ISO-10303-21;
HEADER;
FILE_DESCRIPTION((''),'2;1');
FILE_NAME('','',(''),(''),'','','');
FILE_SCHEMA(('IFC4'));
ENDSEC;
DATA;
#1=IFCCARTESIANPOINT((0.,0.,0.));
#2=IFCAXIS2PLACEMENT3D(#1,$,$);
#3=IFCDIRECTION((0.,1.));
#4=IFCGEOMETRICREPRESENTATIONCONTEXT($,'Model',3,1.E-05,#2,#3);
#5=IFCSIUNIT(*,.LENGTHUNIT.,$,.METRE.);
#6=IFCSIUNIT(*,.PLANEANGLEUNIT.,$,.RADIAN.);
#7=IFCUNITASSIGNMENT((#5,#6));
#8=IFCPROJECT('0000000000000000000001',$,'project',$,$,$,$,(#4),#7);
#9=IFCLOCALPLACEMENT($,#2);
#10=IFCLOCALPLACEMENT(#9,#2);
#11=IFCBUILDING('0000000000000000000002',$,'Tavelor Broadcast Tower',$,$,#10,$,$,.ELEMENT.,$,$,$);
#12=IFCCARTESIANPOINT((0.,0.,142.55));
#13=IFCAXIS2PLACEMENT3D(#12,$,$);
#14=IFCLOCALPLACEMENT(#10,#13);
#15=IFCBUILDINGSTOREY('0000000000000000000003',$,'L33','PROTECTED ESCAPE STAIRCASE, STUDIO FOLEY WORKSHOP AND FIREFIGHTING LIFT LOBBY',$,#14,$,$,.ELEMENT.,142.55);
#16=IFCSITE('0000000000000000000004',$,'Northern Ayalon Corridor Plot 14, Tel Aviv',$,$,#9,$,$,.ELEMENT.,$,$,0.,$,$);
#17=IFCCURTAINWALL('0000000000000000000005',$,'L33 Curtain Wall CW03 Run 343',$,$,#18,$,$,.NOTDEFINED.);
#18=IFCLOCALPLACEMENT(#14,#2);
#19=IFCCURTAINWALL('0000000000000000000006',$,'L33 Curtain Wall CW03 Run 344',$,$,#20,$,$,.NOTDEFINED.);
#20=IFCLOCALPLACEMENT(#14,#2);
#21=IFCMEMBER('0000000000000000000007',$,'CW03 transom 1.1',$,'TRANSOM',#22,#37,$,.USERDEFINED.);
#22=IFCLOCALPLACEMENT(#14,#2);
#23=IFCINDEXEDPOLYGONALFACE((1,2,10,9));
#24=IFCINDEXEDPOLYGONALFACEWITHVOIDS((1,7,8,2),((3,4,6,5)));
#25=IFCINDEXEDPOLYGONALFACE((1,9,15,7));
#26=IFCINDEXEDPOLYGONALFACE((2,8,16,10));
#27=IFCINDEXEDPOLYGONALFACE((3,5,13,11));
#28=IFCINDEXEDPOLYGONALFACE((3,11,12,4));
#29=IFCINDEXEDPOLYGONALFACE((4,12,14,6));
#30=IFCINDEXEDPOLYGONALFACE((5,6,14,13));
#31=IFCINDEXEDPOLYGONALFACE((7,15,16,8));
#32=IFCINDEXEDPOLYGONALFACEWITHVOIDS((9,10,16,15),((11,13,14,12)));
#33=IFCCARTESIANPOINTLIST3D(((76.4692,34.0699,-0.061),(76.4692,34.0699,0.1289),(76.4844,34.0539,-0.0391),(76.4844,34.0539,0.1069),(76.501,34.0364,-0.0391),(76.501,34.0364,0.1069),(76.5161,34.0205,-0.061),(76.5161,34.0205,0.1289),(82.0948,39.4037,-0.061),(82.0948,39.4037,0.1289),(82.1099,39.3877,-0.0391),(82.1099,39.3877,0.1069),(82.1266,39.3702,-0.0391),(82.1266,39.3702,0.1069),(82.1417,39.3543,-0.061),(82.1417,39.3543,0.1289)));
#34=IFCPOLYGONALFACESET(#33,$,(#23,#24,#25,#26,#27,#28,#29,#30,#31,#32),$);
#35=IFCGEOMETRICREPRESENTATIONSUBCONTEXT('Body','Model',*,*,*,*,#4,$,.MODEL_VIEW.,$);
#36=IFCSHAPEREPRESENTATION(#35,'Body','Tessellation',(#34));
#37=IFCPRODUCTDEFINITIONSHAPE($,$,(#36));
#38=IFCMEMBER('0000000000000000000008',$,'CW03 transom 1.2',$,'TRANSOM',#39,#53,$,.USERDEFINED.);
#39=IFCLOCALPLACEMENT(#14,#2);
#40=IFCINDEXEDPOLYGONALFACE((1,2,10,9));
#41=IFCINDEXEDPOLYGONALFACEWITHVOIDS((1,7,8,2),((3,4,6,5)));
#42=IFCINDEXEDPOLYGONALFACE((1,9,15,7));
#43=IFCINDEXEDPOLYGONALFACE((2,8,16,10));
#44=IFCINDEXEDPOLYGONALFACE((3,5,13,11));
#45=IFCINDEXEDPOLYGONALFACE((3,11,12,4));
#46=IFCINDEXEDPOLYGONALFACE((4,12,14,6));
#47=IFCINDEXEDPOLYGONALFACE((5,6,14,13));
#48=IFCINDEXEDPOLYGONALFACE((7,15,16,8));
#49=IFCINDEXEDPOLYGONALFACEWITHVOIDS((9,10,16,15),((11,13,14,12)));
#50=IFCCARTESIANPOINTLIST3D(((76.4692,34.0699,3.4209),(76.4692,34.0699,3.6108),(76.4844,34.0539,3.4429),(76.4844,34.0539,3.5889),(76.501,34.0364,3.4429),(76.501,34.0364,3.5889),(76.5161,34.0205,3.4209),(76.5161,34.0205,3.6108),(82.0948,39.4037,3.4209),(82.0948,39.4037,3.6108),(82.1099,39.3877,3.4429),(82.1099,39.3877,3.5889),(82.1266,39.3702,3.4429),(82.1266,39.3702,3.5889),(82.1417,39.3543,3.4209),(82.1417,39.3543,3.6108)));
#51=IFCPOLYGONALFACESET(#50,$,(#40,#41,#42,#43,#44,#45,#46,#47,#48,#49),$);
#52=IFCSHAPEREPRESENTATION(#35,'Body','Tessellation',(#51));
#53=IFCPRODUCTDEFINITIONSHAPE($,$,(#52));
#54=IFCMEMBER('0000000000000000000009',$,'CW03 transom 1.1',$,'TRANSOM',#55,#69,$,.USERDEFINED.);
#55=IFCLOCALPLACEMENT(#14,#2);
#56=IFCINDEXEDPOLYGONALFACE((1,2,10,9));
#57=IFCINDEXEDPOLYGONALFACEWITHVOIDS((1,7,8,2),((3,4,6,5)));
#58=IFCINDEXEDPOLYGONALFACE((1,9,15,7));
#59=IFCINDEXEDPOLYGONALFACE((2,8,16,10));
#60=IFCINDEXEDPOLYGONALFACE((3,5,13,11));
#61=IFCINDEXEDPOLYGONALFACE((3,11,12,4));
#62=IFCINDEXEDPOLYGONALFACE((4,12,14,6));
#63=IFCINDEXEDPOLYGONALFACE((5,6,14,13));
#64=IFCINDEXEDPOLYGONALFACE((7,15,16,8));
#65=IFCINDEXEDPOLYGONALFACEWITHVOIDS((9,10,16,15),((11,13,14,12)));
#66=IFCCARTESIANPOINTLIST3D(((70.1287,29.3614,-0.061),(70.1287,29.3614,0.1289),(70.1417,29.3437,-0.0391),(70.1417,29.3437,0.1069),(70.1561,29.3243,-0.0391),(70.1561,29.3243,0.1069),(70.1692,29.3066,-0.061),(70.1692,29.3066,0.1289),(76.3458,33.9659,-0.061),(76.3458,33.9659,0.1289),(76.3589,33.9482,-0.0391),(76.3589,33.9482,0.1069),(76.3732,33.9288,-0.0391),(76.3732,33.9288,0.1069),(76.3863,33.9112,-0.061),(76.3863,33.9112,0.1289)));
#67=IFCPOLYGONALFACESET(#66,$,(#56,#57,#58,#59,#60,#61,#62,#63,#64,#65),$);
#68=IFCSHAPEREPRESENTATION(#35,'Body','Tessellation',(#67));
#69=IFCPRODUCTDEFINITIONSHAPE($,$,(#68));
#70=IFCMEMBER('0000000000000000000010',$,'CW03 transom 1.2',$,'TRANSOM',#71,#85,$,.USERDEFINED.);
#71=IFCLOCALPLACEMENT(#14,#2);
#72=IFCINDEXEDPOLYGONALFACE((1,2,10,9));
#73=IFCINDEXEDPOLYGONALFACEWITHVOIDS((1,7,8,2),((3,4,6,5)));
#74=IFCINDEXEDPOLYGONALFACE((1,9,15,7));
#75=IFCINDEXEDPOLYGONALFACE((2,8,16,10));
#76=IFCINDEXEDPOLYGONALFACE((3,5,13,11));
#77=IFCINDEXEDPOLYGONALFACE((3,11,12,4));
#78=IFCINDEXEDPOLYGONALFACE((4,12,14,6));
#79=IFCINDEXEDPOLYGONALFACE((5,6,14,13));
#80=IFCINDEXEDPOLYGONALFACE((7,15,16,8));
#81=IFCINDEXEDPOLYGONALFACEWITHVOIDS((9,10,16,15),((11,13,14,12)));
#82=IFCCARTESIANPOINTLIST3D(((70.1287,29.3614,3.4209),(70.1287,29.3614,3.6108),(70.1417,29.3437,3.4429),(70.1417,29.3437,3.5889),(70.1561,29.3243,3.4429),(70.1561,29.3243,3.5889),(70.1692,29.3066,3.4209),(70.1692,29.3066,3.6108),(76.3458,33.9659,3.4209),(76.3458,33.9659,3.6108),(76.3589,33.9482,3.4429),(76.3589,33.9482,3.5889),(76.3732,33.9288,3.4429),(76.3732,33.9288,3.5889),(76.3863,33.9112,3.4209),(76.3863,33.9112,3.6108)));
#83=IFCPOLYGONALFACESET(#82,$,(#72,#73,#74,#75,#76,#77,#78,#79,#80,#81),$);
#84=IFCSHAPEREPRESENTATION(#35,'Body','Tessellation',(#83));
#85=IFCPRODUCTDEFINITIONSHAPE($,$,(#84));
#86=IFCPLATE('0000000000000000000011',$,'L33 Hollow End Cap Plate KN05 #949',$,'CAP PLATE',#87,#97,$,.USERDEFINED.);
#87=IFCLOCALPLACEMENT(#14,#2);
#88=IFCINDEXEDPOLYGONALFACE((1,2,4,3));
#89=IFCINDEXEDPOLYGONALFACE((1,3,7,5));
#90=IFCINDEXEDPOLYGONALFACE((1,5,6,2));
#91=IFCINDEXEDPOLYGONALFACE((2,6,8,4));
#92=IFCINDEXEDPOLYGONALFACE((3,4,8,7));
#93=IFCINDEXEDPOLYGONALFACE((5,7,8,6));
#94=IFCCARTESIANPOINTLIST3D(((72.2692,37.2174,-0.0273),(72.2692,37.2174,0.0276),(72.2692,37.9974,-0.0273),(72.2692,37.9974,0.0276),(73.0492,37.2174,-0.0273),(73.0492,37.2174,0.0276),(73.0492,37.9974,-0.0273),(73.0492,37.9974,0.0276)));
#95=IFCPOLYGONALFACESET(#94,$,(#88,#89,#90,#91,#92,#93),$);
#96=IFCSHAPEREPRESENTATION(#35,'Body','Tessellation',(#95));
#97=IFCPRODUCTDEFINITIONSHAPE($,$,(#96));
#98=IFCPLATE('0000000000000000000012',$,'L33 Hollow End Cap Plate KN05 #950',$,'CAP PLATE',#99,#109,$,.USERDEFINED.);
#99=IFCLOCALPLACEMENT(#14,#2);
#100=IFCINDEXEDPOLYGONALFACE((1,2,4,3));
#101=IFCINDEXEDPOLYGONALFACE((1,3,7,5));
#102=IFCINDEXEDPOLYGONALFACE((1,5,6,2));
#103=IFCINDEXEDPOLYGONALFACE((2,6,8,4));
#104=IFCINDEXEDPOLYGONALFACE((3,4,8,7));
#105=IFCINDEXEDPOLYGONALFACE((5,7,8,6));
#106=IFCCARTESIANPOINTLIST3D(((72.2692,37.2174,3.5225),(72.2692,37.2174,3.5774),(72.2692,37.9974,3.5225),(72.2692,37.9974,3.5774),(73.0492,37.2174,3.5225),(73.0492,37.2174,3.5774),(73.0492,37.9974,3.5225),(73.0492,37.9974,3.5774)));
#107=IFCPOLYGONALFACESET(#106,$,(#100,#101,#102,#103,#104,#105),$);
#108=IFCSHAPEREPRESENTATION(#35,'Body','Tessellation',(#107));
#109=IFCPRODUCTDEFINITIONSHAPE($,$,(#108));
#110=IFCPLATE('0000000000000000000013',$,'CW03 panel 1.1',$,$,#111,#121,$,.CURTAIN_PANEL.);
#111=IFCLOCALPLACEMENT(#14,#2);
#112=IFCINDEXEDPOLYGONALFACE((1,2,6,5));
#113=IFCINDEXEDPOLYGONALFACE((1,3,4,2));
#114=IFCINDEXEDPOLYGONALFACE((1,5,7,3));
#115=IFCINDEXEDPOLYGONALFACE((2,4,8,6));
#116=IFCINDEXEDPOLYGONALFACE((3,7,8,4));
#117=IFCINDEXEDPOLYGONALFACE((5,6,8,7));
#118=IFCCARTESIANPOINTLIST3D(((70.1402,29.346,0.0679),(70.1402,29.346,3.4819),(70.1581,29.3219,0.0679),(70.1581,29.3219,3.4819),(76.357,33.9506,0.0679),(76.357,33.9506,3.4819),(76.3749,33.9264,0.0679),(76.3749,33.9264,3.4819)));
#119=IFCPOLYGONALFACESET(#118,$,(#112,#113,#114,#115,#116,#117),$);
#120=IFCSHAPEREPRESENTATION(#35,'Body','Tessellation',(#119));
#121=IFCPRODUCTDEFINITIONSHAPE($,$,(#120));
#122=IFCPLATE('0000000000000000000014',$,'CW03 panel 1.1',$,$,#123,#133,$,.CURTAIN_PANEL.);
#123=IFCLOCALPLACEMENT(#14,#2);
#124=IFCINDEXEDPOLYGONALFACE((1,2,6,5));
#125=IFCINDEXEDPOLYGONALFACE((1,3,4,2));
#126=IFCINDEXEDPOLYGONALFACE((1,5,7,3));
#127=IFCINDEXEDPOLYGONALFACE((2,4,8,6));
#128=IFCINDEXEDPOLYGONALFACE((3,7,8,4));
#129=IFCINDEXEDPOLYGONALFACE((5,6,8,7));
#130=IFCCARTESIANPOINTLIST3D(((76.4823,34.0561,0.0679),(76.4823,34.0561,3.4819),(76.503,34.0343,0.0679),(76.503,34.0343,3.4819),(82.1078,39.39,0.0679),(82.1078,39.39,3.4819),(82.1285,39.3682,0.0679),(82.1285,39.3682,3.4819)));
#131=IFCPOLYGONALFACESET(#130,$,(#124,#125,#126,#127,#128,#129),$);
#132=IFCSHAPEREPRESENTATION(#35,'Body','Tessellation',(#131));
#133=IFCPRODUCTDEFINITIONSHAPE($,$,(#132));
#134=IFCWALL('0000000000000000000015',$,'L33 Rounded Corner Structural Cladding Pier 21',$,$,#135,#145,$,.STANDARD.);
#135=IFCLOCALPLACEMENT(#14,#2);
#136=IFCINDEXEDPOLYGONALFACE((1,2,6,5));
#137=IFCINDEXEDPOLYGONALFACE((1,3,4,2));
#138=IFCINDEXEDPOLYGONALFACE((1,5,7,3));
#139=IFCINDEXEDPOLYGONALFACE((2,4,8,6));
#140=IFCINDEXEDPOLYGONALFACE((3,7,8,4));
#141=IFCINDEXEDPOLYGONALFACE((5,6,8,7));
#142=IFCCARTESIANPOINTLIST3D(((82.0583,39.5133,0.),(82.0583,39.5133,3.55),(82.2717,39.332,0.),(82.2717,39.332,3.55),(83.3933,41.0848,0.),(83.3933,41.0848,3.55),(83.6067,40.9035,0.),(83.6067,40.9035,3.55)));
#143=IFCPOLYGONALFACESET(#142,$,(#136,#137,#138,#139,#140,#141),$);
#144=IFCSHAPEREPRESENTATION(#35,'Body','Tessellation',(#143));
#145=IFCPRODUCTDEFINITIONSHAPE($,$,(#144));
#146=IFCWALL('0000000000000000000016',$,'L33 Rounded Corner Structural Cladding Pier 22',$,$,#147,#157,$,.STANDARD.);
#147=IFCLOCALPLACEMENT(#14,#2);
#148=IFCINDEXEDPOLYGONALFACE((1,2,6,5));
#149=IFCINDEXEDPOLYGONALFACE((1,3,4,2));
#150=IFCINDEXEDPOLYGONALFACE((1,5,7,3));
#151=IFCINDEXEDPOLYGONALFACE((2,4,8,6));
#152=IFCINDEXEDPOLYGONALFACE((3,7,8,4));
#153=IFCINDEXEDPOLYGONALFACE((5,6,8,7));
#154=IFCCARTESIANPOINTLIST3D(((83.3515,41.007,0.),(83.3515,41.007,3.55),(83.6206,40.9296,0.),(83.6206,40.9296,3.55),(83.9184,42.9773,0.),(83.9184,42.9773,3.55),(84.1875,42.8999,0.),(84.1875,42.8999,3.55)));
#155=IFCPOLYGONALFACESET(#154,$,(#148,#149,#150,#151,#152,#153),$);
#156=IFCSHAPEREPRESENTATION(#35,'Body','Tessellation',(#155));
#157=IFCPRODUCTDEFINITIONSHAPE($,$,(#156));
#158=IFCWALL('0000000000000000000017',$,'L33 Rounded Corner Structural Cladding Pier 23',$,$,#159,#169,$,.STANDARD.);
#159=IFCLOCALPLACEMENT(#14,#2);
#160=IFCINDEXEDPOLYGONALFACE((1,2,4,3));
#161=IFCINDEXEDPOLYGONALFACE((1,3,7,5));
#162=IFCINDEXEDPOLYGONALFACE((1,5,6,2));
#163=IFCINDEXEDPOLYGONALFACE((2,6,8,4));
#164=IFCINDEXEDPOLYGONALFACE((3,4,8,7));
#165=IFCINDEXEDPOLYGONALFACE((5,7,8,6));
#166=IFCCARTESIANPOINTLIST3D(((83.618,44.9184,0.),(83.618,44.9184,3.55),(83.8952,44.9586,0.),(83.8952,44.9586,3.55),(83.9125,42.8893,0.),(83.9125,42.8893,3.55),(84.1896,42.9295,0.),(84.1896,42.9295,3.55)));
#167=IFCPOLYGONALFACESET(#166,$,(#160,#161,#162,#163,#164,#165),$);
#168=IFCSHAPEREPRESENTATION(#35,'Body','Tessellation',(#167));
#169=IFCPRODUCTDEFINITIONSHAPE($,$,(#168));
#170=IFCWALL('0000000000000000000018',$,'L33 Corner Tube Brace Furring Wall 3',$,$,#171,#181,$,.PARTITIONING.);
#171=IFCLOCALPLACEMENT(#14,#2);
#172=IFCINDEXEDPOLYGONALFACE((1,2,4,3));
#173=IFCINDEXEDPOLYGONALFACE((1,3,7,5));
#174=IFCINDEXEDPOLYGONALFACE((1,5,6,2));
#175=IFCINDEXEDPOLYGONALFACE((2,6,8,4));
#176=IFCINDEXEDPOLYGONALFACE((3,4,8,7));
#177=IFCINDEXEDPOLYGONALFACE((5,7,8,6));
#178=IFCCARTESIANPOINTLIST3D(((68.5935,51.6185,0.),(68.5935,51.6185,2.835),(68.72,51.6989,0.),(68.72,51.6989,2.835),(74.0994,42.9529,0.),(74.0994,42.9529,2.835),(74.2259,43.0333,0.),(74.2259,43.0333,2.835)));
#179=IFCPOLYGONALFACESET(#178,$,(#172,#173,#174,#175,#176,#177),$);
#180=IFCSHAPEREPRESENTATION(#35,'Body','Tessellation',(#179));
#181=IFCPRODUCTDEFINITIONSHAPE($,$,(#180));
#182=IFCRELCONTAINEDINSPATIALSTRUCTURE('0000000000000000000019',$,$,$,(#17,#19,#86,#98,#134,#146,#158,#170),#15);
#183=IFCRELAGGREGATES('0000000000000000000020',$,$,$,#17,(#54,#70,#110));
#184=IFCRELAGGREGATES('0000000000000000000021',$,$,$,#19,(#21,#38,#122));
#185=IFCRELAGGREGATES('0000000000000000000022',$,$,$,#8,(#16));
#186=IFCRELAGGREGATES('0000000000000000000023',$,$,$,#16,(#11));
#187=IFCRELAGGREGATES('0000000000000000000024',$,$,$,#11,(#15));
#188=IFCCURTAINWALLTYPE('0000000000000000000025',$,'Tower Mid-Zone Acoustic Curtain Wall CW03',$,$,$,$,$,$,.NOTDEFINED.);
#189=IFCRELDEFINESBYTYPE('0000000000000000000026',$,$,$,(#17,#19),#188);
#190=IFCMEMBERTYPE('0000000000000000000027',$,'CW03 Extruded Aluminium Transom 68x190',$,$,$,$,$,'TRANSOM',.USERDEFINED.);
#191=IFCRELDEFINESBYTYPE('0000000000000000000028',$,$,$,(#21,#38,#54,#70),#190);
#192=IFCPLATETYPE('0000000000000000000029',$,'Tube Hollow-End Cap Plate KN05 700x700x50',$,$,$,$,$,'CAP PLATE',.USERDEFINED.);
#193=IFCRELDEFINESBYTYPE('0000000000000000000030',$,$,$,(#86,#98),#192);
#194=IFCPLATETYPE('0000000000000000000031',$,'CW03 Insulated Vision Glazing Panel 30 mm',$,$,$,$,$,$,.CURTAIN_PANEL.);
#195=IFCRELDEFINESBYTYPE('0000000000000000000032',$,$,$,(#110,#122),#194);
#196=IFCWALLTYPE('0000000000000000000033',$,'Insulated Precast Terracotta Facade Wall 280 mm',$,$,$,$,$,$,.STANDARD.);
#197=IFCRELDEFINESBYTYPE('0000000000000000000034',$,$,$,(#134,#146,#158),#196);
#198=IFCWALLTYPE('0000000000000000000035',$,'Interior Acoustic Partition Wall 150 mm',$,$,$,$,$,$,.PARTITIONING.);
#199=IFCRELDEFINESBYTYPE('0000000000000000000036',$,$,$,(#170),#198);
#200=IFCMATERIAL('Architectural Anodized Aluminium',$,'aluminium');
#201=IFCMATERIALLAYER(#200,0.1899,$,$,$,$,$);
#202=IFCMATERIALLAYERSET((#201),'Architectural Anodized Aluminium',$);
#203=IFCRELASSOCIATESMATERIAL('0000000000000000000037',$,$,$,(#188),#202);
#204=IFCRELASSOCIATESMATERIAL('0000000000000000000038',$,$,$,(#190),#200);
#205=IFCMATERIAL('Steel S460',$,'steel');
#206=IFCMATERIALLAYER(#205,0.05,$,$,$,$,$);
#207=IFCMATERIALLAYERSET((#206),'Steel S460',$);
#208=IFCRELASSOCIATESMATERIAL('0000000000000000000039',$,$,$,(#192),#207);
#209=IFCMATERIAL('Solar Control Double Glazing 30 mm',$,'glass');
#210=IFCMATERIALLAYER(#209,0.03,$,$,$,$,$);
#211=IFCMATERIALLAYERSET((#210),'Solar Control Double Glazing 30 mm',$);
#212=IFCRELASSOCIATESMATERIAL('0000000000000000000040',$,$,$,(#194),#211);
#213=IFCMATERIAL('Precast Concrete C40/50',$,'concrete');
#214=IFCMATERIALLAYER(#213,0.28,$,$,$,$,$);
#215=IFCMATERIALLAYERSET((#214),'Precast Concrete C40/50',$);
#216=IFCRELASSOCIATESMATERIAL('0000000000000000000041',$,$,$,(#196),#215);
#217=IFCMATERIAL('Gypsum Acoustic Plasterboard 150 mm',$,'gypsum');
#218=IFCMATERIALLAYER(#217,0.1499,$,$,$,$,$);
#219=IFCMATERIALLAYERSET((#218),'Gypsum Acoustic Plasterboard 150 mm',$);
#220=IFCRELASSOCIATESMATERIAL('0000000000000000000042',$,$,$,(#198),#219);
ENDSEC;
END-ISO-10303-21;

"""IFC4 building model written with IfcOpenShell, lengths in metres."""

from ifc_helpers import new_model, si_unit, direction, frame, frame_2d, origin, origin_2d, place, context, subcontext, project, spatial, rectangle, hollow_rectangle, extrude, source, transform, mapped, material, layer, layer_set, material_profile, profile_set, type_object, type_shapes, element, aggregate, save


model = new_model("IFC4")

# Units and contexts
model_context = context("Model", 3, precision=1e-05, world=origin(), true_north=direction((0.0, 1.0)))
body_context = subcontext(model_context, "Body", "Model", "MODEL_VIEW")
ifc_project = project(units=[si_unit("LENGTHUNIT", "METRE"), si_unit("PLANEANGLEUNIT", "RADIAN")], contexts=[model_context])

# Site, building, storey
site_placement = place(None, origin())
site = spatial("IfcSite", under=ifc_project, at=site_placement, Name="Northern Ayalon Corridor Plot 14, Tel Aviv", CompositionType="ELEMENT", RefElevation=0.0)
building_placement = place(site_placement, origin())
building = spatial("IfcBuilding", under=site, at=building_placement, Name="Tavelor Broadcast Tower", CompositionType="ELEMENT")
storey_placement = place(building_placement, frame((0.0, 0.0, 142.55)))
storey = spatial("IfcBuildingStorey", under=building, at=storey_placement, Name="L33", Description="PROTECTED ESCAPE STAIRCASE, STUDIO FOLEY WORKSHOP AND FIREFIGHTING LIFT LOBBY", CompositionType="ELEMENT", Elevation=142.55)

# Shared definitions
ifc_material_1 = material(Name="Steel S460", Category="steel")

# Curtain wall
ifc_material_2 = material(Name="Architectural Anodized Aluminium", Category="aluminium")
ifc_layer_1 = layer(ifc_material_2, 0.1899)
ifc_layer_set_1 = layer_set([ifc_layer_1], Name="Architectural Anodized Aluminium")
curtain_wall_type = type_object("IfcCurtainWallType", Name="Tower Mid-Zone Acoustic Curtain Wall CW03", PredefinedType="NOTDEFINED", material=ifc_layer_set_1)
curtain_wall_1_placement = place(storey_placement, origin())
curtain_wall_1 = element("IfcCurtainWall", 1, at=curtain_wall_1_placement, inside=storey, type_object=curtain_wall_type, Name="L33 Curtain Wall CW03 Run 343", PredefinedType="NOTDEFINED")

# Curtain wall, members
curtain_wall_2_placement = place(storey_placement, origin())
curtain_wall_2 = element("IfcCurtainWall", 2, at=curtain_wall_2_placement, inside=storey, type_object=curtain_wall_type, Name="L33 Curtain Wall CW03 Run 344", PredefinedType="NOTDEFINED")
ifc_material_profile_1 = material_profile(ifc_material_2, hollow_rectangle(XDim=0.0681, YDim=0.1899, WallThickness=0.022, at=origin_2d()), Name="RHS 68x190x22")
ifc_profile_set_1 = profile_set([ifc_material_profile_1], Name="Architectural Anodized Aluminium")
member_type_1 = type_object("IfcMemberType", Name="CW03 Extruded Aluminium Transom 68x190", ElementType="TRANSOM", PredefinedType="USERDEFINED", material=ifc_profile_set_1)
shared_shape_1 = source(origin(), body_context, "Body", "SweptSolid", [
    extrude(hollow_rectangle(XDim=0.0681, YDim=0.1899, WallThickness=0.022, at=origin_2d()), origin(), (0.0, 0.0, 1.0), 7.7522),
])
member_1_placement = place(storey_placement, frame((76.4927, 34.0452, 0.0339), z_axis=(0.725674, 0.688039, 0.0), x_axis=(-0.688039, 0.725674, 0.0)))
member_1 = element("IfcMember", 3, at=member_1_placement, type_object=member_type_1, Name="CW03 transom 1.1", ObjectType="TRANSOM", PredefinedType="USERDEFINED", context=body_context, shape_type="MappedRepresentation", body=[
    mapped(shared_shape_1, transform((0.0, 0.0, 0.0), scale=1.0)),
])
member_2_placement = place(storey_placement, frame((76.4927, 34.0452, 3.5159), z_axis=(0.725674, 0.688039, 0.0), x_axis=(-0.688039, 0.725674, 0.0)))
member_2 = element("IfcMember", 4, at=member_2_placement, type_object=member_type_1, Name="CW03 transom 1.2", ObjectType="TRANSOM", PredefinedType="USERDEFINED", context=body_context, shape_type="MappedRepresentation", body=[
    mapped(shared_shape_1, transform((0.0, 0.0, 0.0), scale=1.0)),
])

# Members
shared_shape_2 = source(origin(), body_context, "Body", "SweptSolid", [
    extrude(hollow_rectangle(XDim=0.0681, YDim=0.1899, WallThickness=0.022, at=origin_2d()), origin(), (0.0, 0.0, 1.0), 7.7366),
])
type_shapes(member_type_1, [shared_shape_1, shared_shape_2])
member_3_placement = place(storey_placement, frame((70.1489, 29.334, 0.0339), z_axis=(0.803602, 0.595167, 0.0), x_axis=(-0.595167, 0.803602, 0.0)))
member_3 = element("IfcMember", 5, at=member_3_placement, type_object=member_type_1, Name="CW03 transom 1.1", ObjectType="TRANSOM", PredefinedType="USERDEFINED", context=body_context, shape_type="MappedRepresentation", body=[
    mapped(shared_shape_2, transform((0.0, 0.0, 0.0), scale=1.0)),
])
member_4_placement = place(storey_placement, frame((70.1489, 29.334, 3.5159), z_axis=(0.803602, 0.595167, 0.0), x_axis=(-0.595167, 0.803602, 0.0)))
member_4 = element("IfcMember", 6, at=member_4_placement, type_object=member_type_1, Name="CW03 transom 1.2", ObjectType="TRANSOM", PredefinedType="USERDEFINED", context=body_context, shape_type="MappedRepresentation", body=[
    mapped(shared_shape_2, transform((0.0, 0.0, 0.0), scale=1.0)),
])

# Plates
ifc_layer_2 = layer(ifc_material_1, 0.05)
ifc_layer_set_2 = layer_set([ifc_layer_2], Name="Steel S460")
plate_type_1 = type_object("IfcPlateType", Name="Tube Hollow-End Cap Plate KN05 700x700x50", ElementType="CAP PLATE", PredefinedType="USERDEFINED", material=ifc_layer_set_2)
shared_shape_3 = source(origin(), body_context, "Body", "SweptSolid", [
    extrude(rectangle(XDim=0.78, YDim=0.78, at=origin_2d()), origin(), (0.0, 0.0, 1.0), 0.0549),
])
type_shapes(plate_type_1, [shared_shape_3])
for number, where, z_axis, x_axis, name in (
    (7, (72.6592, 37.6074, -0.0273), (0.0, 0.0, 1.0), (1.0, 0.0, 0.0), "L33 Hollow End Cap Plate KN05 #949"),
    (8, (72.6592, 37.6074, 3.5225), (0.0, 0.0, 1.0), (1.0, 0.0, 0.0), "L33 Hollow End Cap Plate KN05 #950"),
):
    element("IfcPlate", number, at=place(storey_placement, frame(where, z_axis=z_axis, x_axis=x_axis)), inside=storey, type_object=plate_type_1, Name=name, ObjectType="CAP PLATE", PredefinedType="USERDEFINED", context=body_context, shape_type="MappedRepresentation", body=[
        mapped(shared_shape_3, transform((0.0, 0.0, 0.0), scale=1.0)),
    ])

# Plates
ifc_material_3 = material(Name="Solar Control Double Glazing 30 mm", Category="glass")
ifc_layer_3 = layer(ifc_material_3, 0.03)
ifc_layer_set_3 = layer_set([ifc_layer_3], Name="Solar Control Double Glazing 30 mm")
plate_type_2 = type_object("IfcPlateType", Name="CW03 Insulated Vision Glazing Panel 30 mm", PredefinedType="CURTAIN_PANEL", material=ifc_layer_set_3)
shared_shape_4 = source(origin(), body_context, "Body", "SweptSolid", [
    extrude(rectangle(XDim=7.7363, YDim=0.03, at=origin_2d()), origin(), (0.0, 0.0, 1.0), 3.4141),
])
plate_1_placement = place(storey_placement, frame((73.2576, 31.6362, 0.0679), z_axis=(0.0, 0.0, 1.0), x_axis=(0.803588, 0.595187, 0.0)))
plate_1 = element("IfcPlate", 9, at=plate_1_placement, type_object=plate_type_2, Name="CW03 panel 1.1", PredefinedType="CURTAIN_PANEL", context=body_context, shape_type="MappedRepresentation", body=[
    mapped(shared_shape_4, transform((0.0, 0.0, 0.0), scale=1.0)),
])
aggregate(curtain_wall_1, [member_3, member_4, plate_1])
shared_shape_5 = source(origin(), body_context, "Body", "SweptSolid", [
    extrude(rectangle(XDim=7.7522, YDim=0.03, at=origin_2d()), origin(), (0.0, 0.0, 1.0), 3.4141),
])
type_shapes(plate_type_2, [shared_shape_4, shared_shape_5])
plate_2_placement = place(storey_placement, frame((79.3054, 36.7122, 0.0679), z_axis=(0.0, 0.0, 1.0), x_axis=(0.725663, 0.68805, 0.0)))
plate_2 = element("IfcPlate", 10, at=plate_2_placement, type_object=plate_type_2, Name="CW03 panel 1.1", PredefinedType="CURTAIN_PANEL", context=body_context, shape_type="MappedRepresentation", body=[
    mapped(shared_shape_5, transform((0.0, 0.0, 0.0), scale=1.0)),
])
aggregate(curtain_wall_2, [member_1, member_2, plate_2])

# Walls
ifc_material_4 = material(Name="Precast Concrete C40/50", Category="concrete")
ifc_layer_4 = layer(ifc_material_4, 0.28)
ifc_layer_set_4 = layer_set([ifc_layer_4], Name="Precast Concrete C40/50")
wall_type_1 = type_object("IfcWallType", Name="Insulated Precast Terracotta Facade Wall 280 mm", PredefinedType="STANDARD", material=ifc_layer_set_4)
wall_1_placement = place(storey_placement, frame((82.165, 39.4226, 0.0), z_axis=(0.0, 0.0, 1.0), x_axis=(0.647411, 0.762141, 0.0)))
element("IfcWall", 11, at=wall_1_placement, inside=storey, type_object=wall_type_1, Name="L33 Rounded Corner Structural Cladding Pier 21", PredefinedType="STANDARD", context=body_context, shape_type="SweptSolid", body=[
    extrude(rectangle(XDim=2.062, YDim=0.28, at=frame_2d((1.031, 0.0))), origin(), (0.0, 0.0, 1.0), 3.55),
])
for number, where, z_axis, x_axis, name in (
    (12, (83.4861, 40.9683, 0.0), (0.0, 0.0, 1.0), (0.276482, 0.961019, 0.0), "L33 Rounded Corner Structural Cladding Pier 22"),
    (13, (84.051, 42.9094, 0.0), (0.0, 0.0, 1.0), (-0.143605, 0.989635, 0.0), "L33 Rounded Corner Structural Cladding Pier 23"),
):
    element("IfcWall", number, at=place(storey_placement, frame(where, z_axis=z_axis, x_axis=x_axis)), inside=storey, type_object=wall_type_1, Name=name, PredefinedType="STANDARD", context=body_context, shape_type="SweptSolid", body=[
        extrude(rectangle(XDim=2.0503, YDim=0.28, at=frame_2d((1.0251, 0.0))), origin(), (0.0, 0.0, 1.0), 3.55),
    ])
ifc_material_5 = material(Name="Gypsum Acoustic Plasterboard 150 mm", Category="gypsum")
ifc_layer_5 = layer(ifc_material_5, 0.1499)
ifc_layer_set_5 = layer_set([ifc_layer_5], Name="Gypsum Acoustic Plasterboard 150 mm")
wall_type_2 = type_object("IfcWallType", Name="Interior Acoustic Partition Wall 150 mm", PredefinedType="PARTITIONING", material=ifc_layer_set_5)
wall_2_placement = place(storey_placement, frame((74.1626, 42.9932, 0.0), z_axis=(0.0, 0.0, 1.0), x_axis=(-0.536281, 0.844039, 0.0)))
element("IfcWall", 14, at=wall_2_placement, inside=storey, type_object=wall_type_2, Name="L33 Corner Tube Brace Furring Wall 3", PredefinedType="PARTITIONING", context=body_context, shape_type="SweptSolid", body=[
    extrude(rectangle(XDim=10.2668, YDim=0.1499, at=frame_2d((5.1333, 0.0))), origin(), (0.0, 0.0, 1.0), 2.835),
])

save(model, "model.ifc")
